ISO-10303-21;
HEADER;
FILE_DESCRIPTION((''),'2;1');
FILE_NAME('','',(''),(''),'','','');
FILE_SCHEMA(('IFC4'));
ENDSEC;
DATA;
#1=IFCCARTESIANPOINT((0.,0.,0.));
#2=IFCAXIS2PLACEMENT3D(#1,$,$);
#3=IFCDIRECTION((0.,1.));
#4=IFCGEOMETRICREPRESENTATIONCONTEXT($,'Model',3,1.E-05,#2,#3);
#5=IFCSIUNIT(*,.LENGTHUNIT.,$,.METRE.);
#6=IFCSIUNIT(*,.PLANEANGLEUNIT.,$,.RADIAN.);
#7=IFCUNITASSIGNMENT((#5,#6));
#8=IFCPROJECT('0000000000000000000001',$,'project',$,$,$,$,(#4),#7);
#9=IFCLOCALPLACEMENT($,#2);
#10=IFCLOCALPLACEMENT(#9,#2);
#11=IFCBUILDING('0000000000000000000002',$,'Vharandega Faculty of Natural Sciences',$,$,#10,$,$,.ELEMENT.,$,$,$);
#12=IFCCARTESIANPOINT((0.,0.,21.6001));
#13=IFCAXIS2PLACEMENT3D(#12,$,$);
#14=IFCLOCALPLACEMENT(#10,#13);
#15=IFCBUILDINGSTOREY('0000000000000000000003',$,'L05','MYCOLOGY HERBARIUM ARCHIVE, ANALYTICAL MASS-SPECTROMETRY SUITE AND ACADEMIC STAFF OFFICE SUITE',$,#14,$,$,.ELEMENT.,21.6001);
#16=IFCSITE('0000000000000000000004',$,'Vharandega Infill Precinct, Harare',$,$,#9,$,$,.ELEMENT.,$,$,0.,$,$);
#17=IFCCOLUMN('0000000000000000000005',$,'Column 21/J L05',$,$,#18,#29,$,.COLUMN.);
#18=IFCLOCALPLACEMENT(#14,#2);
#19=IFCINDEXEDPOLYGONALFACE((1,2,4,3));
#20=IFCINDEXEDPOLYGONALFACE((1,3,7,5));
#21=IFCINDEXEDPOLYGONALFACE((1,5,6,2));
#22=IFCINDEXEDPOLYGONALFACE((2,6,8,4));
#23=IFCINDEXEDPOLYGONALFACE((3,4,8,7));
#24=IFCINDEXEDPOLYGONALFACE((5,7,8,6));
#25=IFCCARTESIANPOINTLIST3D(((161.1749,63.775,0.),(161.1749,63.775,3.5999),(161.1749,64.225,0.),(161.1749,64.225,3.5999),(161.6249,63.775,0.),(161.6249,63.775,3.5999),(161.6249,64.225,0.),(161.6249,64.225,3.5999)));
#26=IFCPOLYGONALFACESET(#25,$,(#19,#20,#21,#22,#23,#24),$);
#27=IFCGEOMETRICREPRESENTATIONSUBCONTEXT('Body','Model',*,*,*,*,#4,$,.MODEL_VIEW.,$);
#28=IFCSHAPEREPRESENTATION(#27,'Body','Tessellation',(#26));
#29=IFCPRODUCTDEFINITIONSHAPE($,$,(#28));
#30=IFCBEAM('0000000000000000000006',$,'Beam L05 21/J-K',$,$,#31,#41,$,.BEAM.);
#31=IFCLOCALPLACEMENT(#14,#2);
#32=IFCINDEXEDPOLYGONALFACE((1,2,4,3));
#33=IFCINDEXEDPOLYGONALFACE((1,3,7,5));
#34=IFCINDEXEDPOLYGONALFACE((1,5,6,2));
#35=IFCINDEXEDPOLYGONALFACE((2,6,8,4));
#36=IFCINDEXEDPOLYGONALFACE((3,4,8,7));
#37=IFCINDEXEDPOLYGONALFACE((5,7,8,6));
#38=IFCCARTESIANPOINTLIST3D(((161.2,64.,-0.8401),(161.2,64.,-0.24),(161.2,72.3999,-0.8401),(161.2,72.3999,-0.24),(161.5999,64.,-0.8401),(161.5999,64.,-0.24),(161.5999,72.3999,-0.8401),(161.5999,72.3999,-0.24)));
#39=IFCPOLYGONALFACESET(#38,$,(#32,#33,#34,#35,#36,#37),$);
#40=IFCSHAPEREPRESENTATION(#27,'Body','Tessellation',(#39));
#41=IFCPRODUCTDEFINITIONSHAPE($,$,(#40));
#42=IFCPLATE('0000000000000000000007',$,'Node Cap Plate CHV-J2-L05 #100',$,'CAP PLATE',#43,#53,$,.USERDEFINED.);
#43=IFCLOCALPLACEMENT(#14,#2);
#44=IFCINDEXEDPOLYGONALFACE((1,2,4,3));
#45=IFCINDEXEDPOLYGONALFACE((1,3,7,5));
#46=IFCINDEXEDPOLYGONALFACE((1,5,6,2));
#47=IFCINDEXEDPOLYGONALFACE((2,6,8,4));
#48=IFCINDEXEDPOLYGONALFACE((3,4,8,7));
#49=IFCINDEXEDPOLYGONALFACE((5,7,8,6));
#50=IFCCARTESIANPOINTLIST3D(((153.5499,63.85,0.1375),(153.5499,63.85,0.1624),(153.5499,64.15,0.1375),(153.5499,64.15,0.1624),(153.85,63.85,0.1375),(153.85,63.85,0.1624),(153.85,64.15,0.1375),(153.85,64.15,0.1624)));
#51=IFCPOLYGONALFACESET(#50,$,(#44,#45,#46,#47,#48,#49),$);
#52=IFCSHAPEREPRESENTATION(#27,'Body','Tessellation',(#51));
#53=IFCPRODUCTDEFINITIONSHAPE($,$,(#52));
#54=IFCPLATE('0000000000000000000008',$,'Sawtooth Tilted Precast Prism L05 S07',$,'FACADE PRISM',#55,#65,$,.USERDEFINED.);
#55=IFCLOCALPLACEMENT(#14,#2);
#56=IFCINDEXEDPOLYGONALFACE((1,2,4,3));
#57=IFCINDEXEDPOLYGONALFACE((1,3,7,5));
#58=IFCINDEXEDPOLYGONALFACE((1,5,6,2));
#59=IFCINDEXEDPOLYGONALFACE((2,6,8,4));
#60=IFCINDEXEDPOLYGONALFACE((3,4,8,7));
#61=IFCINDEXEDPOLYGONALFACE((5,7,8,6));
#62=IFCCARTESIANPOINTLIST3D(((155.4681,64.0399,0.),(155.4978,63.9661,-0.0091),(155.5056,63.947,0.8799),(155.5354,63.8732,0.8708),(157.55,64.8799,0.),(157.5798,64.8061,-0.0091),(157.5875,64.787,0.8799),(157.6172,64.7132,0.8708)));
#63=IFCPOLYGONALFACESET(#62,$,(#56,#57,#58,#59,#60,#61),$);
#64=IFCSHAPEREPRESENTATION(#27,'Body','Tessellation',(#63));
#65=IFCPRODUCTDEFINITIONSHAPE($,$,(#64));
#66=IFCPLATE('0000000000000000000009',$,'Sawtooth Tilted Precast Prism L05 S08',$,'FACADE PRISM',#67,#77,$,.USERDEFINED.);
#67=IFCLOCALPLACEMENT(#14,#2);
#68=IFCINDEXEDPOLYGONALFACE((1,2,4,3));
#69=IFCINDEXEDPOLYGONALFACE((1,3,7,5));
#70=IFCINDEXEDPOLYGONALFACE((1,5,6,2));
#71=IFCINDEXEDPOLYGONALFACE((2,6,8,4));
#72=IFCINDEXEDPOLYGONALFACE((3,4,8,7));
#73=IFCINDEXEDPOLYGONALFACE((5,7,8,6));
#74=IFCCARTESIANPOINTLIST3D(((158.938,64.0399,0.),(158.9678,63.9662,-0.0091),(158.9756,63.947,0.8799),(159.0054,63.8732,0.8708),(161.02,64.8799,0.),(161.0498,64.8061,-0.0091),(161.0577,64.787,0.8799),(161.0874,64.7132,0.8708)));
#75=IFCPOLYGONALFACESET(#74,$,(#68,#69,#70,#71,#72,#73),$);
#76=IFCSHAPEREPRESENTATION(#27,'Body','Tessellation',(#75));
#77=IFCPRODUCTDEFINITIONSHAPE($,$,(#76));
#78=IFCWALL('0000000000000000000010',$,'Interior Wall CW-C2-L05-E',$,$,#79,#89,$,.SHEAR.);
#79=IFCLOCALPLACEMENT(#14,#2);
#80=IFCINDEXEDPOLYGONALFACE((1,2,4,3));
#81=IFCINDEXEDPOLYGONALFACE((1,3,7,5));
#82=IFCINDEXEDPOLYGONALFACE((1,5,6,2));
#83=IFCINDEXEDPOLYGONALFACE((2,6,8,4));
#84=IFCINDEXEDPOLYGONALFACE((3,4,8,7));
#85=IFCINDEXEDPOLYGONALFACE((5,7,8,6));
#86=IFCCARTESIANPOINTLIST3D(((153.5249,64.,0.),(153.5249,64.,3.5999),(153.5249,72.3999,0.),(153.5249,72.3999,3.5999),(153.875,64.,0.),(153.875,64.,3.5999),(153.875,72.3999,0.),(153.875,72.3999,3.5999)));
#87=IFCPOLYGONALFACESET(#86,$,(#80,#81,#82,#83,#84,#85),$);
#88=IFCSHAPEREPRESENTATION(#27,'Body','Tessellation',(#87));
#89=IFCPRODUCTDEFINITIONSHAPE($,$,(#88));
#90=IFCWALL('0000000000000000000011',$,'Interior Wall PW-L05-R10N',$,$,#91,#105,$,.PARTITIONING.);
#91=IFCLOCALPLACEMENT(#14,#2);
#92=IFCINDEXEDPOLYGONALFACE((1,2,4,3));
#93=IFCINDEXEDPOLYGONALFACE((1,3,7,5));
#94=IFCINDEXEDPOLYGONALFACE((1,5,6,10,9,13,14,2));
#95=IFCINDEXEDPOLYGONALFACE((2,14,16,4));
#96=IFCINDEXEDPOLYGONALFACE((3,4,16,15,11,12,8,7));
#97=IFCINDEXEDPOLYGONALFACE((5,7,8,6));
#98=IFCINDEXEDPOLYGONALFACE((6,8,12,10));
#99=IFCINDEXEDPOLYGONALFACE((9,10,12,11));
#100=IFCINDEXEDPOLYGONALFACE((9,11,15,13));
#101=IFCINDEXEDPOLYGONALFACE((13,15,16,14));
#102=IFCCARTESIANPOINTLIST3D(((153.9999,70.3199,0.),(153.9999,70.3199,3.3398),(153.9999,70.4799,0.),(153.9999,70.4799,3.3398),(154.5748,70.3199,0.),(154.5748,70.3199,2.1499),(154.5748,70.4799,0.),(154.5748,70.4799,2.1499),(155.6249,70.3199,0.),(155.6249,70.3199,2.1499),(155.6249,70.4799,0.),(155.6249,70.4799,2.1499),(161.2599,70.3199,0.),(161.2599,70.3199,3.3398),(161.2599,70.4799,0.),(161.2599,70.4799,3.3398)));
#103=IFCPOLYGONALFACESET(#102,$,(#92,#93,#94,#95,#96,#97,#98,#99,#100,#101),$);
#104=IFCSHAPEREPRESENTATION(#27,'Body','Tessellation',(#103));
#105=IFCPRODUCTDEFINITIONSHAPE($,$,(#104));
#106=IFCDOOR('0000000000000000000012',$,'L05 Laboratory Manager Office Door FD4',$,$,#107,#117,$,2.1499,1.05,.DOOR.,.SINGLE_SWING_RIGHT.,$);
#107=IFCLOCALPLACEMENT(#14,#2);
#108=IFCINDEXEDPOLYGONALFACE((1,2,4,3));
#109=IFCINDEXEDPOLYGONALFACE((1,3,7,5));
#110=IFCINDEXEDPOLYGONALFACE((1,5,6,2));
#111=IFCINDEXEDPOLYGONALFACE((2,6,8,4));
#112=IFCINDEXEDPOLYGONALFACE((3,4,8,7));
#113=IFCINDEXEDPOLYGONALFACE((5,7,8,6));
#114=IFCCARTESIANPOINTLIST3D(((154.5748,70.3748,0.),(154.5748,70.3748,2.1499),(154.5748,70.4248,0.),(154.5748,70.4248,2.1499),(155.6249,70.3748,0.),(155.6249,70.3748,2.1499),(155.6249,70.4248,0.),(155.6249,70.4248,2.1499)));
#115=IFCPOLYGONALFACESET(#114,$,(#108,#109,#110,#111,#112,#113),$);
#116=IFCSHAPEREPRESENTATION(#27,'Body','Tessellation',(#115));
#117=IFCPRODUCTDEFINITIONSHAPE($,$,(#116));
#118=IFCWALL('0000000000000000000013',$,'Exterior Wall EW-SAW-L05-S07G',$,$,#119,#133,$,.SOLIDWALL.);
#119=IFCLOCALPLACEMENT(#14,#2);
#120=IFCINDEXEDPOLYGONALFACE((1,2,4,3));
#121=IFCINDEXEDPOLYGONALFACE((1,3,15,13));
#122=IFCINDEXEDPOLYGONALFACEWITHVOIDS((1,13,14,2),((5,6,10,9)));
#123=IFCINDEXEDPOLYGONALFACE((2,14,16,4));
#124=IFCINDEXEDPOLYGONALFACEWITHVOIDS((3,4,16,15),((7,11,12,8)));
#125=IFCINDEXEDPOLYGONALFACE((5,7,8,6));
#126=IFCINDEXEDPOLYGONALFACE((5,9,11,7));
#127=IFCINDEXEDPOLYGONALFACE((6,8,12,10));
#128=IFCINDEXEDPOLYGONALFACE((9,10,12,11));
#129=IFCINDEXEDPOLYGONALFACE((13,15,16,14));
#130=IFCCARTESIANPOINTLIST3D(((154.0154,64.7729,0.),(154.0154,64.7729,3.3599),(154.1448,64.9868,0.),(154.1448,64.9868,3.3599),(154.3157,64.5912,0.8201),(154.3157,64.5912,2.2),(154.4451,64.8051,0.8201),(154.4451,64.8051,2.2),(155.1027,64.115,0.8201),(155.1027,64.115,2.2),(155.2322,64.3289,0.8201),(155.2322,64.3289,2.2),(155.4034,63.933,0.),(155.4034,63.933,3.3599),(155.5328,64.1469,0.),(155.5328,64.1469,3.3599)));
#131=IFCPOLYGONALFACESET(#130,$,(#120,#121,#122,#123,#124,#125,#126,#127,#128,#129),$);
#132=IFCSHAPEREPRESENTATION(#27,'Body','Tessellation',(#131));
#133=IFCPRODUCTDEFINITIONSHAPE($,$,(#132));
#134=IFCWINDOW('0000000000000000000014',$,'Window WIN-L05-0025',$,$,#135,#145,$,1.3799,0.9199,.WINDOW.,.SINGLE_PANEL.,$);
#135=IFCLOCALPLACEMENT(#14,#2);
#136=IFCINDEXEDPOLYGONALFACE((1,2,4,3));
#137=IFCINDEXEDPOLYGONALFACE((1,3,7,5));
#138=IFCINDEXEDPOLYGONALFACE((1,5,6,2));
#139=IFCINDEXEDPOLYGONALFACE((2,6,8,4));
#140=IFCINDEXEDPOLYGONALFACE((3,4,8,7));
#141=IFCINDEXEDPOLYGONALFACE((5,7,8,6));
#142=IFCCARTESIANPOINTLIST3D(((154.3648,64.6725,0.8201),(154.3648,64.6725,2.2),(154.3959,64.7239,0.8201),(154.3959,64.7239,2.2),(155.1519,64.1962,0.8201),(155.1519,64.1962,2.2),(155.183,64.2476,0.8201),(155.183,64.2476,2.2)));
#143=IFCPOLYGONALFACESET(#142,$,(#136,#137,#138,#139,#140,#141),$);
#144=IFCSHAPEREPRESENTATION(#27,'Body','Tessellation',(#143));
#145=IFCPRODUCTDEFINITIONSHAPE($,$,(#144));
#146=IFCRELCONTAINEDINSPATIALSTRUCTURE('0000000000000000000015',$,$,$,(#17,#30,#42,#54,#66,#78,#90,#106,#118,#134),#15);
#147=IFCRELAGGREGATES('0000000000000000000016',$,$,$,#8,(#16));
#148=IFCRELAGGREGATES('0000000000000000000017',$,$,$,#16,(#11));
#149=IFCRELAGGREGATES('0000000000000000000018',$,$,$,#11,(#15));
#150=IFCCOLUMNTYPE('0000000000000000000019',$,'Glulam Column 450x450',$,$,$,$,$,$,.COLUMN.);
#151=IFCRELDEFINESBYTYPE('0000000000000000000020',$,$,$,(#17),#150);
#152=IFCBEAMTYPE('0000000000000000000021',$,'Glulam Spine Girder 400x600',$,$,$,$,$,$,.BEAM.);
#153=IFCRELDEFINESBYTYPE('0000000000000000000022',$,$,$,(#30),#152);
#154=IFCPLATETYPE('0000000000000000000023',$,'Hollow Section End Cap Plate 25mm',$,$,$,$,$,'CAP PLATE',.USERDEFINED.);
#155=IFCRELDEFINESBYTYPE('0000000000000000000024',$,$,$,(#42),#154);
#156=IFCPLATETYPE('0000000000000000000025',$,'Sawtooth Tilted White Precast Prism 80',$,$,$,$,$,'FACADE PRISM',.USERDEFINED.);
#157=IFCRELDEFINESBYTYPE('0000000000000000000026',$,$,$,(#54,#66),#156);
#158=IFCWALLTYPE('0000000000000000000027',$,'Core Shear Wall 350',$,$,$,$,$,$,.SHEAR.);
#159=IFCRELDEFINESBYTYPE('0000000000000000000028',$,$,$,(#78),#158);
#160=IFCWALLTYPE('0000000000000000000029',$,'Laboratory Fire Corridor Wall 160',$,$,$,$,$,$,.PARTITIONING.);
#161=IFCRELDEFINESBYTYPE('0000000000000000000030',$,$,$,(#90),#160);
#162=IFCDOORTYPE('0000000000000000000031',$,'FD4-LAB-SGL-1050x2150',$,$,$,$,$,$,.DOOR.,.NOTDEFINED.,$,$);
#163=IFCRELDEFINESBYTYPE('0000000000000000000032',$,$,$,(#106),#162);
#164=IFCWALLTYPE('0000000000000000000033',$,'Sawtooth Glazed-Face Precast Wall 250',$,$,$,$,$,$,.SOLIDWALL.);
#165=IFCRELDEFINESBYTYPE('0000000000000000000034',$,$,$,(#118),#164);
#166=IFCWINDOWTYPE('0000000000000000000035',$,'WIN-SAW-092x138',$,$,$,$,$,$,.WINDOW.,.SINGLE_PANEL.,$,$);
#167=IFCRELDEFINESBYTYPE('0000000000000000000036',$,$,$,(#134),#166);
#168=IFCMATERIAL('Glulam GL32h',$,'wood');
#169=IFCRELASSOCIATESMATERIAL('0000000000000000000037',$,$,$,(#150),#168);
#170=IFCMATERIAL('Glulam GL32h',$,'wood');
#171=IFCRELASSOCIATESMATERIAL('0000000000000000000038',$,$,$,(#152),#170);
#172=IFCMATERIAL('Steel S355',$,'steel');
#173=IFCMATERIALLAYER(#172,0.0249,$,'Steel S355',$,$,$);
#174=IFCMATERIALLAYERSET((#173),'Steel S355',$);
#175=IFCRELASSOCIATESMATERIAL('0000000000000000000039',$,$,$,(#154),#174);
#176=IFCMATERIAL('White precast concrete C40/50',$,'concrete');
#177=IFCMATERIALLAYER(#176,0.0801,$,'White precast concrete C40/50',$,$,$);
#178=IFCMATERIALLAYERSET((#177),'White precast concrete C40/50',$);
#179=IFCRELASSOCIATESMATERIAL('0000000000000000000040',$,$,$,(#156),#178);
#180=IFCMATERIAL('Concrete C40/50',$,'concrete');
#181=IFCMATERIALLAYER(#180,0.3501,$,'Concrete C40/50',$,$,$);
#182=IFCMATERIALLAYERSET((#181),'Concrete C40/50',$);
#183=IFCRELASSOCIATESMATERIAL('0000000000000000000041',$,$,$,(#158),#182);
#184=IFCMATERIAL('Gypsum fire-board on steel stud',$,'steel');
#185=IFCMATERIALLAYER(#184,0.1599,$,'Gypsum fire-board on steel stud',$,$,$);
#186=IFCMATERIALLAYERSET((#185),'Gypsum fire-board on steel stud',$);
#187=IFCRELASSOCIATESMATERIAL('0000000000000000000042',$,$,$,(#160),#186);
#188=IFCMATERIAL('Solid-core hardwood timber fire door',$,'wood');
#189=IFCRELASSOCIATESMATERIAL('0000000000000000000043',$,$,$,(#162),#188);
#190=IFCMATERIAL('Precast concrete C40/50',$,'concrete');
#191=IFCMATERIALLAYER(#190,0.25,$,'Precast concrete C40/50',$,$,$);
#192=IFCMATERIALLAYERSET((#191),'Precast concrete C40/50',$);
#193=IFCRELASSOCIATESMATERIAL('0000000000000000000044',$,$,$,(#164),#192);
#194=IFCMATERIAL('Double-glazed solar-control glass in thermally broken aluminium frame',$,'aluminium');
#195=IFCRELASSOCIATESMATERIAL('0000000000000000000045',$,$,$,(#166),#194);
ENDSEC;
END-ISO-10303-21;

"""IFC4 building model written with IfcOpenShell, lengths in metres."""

from ifc_helpers import new_model, si_unit, direction, frame, frame_2d, origin, origin_2d, place, context, subcontext, project, spatial, polyline, rectangle, outline, extrude, material, layer, layer_set, material_profile, profile_set, type_object, element, fill, save


model = new_model("IFC4")

# Units and contexts
model_context = context("Model", 3, precision=1e-05, world=origin(), true_north=direction((0.0, 1.0)))
body_context = subcontext(model_context, "Body", "Model", "MODEL_VIEW")
ifc_project = project(units=[si_unit("LENGTHUNIT", "METRE"), si_unit("PLANEANGLEUNIT", "RADIAN")], contexts=[model_context])

# Site, building, storey
site_placement = place(None, origin())
site = spatial("IfcSite", under=ifc_project, at=site_placement, Name="Vharandega Infill Precinct, Harare", CompositionType="ELEMENT", RefElevation=0.0)
building_placement = place(site_placement, origin())
building = spatial("IfcBuilding", under=site, at=building_placement, Name="Vharandega Faculty of Natural Sciences", CompositionType="ELEMENT")
storey_placement = place(building_placement, frame((0.0, 0.0, 21.6001)))
storey = spatial("IfcBuildingStorey", under=building, at=storey_placement, Name="L05", Description="MYCOLOGY HERBARIUM ARCHIVE, ANALYTICAL MASS-SPECTROMETRY SUITE AND ACADEMIC STAFF OFFICE SUITE", CompositionType="ELEMENT", Elevation=21.6001)

# Column
ifc_material_1 = material(Name="Glulam GL32h", Category="wood")
ifc_material_profile_1 = material_profile(ifc_material_1, rectangle(XDim=0.45, YDim=0.45, at=origin_2d()), Name="GL32h 450x450")
ifc_profile_set_1 = profile_set([ifc_material_profile_1], Name="Glulam GL32h")
column_type = type_object("IfcColumnType", Name="Glulam Column 450x450", PredefinedType="COLUMN", material=ifc_profile_set_1)
column_placement = place(storey_placement, frame((161.3999, 64.0, 0.0), z_axis=(0.0, 0.0, 1.0), x_axis=(1.0, 0.0, 0.0)))
element("IfcColumn", 1, at=column_placement, inside=storey, type_object=column_type, Name="Column 21/J L05", PredefinedType="COLUMN", context=body_context, shape_type="SweptSolid", body=[
    extrude(rectangle(XDim=0.45, YDim=0.45, at=origin_2d()), origin(), (0.0, 0.0, 1.0), 3.5999),
])

# Beam
ifc_material_2 = material(Name="Glulam GL32h", Category="wood")
ifc_material_profile_2 = material_profile(ifc_material_2, rectangle(XDim=0.3999, YDim=0.6001, at=origin_2d()), Name="GL32h 400x600")
ifc_profile_set_2 = profile_set([ifc_material_profile_2], Name="Glulam GL32h")
beam_type = type_object("IfcBeamType", Name="Glulam Spine Girder 400x600", PredefinedType="BEAM", material=ifc_profile_set_2)
beam_placement = place(storey_placement, frame((161.3999, 64.0, -0.54), z_axis=(0.0, 1.0, 0.0), x_axis=(-1.0, 0.0, 0.0)))
element("IfcBeam", 2, at=beam_placement, inside=storey, type_object=beam_type, Name="Beam L05 21/J-K", PredefinedType="BEAM", context=body_context, shape_type="SweptSolid", body=[
    extrude(rectangle(XDim=0.3999, YDim=0.6001, at=origin_2d()), origin(), (0.0, 0.0, 1.0), 8.3999),
])

# Plates
ifc_material_3 = material(Name="Steel S355", Category="steel")
ifc_layer_1 = layer(ifc_material_3, 0.0249, Name="Steel S355")
ifc_layer_set_1 = layer_set([ifc_layer_1], Name="Steel S355")
plate_type_1 = type_object("IfcPlateType", Name="Hollow Section End Cap Plate 25mm", ElementType="CAP PLATE", PredefinedType="USERDEFINED", material=ifc_layer_set_1)
plate_1_placement = place(storey_placement, frame((153.7, 64.0, 0.1375), z_axis=(0.0, 0.0, 1.0), x_axis=(1.0, 0.0, 0.0)))
element("IfcPlate", 3, at=plate_1_placement, inside=storey, type_object=plate_type_1, Name="Node Cap Plate CHV-J2-L05 #100", ObjectType="CAP PLATE", PredefinedType="USERDEFINED", context=body_context, shape_type="SweptSolid", body=[
    extrude(rectangle(XDim=0.3, YDim=0.3, at=origin_2d()), origin(), (0.0, 0.0, 1.0), 0.0249),
])
ifc_material_4 = material(Name="White precast concrete C40/50", Category="concrete")
ifc_layer_2 = layer(ifc_material_4, 0.0801, Name="White precast concrete C40/50")
ifc_layer_set_2 = layer_set([ifc_layer_2], Name="White precast concrete C40/50")
plate_type_2 = type_object("IfcPlateType", Name="Sawtooth Tilted White Precast Prism 80", ElementType="FACADE PRISM", PredefinedType="USERDEFINED", material=ifc_layer_set_2)
plate_2_placement = place(storey_placement, frame((157.55, 64.8799, 0.0), z_axis=(-0.371753, 0.921415, 0.113114), x_axis=(0.042247, -0.104928, 0.993582)))
element("IfcPlate", 4, at=plate_2_placement, inside=storey, type_object=plate_type_2, Name="Sawtooth Tilted Precast Prism L05 S07", ObjectType="FACADE PRISM", PredefinedType="USERDEFINED", context=body_context, shape_type="SweptSolid", body=[
    extrude(outline(polyline([(0.0, 0.0), (0.8855, 0.0), (0.8857, -2.2449), (0.0002, -2.245), (0.0, 0.0)])), origin(), (0.0, 0.0, -1.0), 0.0801),
])
plate_3_placement = place(storey_placement, frame((161.02, 64.8799, 0.0), z_axis=(-0.371732, 0.921417, 0.113165), x_axis=(0.042504, -0.10488, 0.993576)))
element("IfcPlate", 5, at=plate_3_placement, inside=storey, type_object=plate_type_2, Name="Sawtooth Tilted Precast Prism L05 S08", ObjectType="FACADE PRISM", PredefinedType="USERDEFINED", context=body_context, shape_type="SweptSolid", body=[
    extrude(outline(polyline([(0.0, 0.0), (0.8856, 0.0), (0.8852, -2.2451), (-0.0004, -2.245), (0.0, 0.0)])), origin(), (0.0, 0.0, -1.0), 0.0801),
])

# Wall
ifc_material_5 = material(Name="Concrete C40/50", Category="concrete")
ifc_layer_3 = layer(ifc_material_5, 0.3501, Name="Concrete C40/50")
ifc_layer_set_3 = layer_set([ifc_layer_3], Name="Concrete C40/50")
wall_type_1 = type_object("IfcWallType", Name="Core Shear Wall 350", PredefinedType="SHEAR", material=ifc_layer_set_3)
wall_1_placement = place(storey_placement, frame((153.7, 64.0, 0.0), z_axis=(0.0, 0.0, 1.0), x_axis=(0.0, 1.0, 0.0)))
element("IfcWall", 6, at=wall_1_placement, inside=storey, type_object=wall_type_1, Name="Interior Wall CW-C2-L05-E", PredefinedType="SHEAR", context=body_context, shape_type="SweptSolid", body=[
    extrude(rectangle(XDim=8.3999, YDim=0.3501, at=frame_2d((4.2, 0.0))), origin(), (0.0, 0.0, 1.0), 3.5999),
])

# Wall, opening, door
ifc_material_6 = material(Name="Gypsum fire-board on steel stud", Category="steel")
ifc_layer_4 = layer(ifc_material_6, 0.1599, Name="Gypsum fire-board on steel stud")
ifc_layer_set_4 = layer_set([ifc_layer_4], Name="Gypsum fire-board on steel stud")
wall_type_2 = type_object("IfcWallType", Name="Laboratory Fire Corridor Wall 160", PredefinedType="PARTITIONING", material=ifc_layer_set_4)
wall_2_placement = place(storey_placement, frame((154.0, 70.3999, 0.0), z_axis=(0.0, 0.0, 1.0), x_axis=(1.0, 0.0, 0.0)))
wall_2 = element("IfcWall", 7, at=wall_2_placement, inside=storey, type_object=wall_type_2, Name="Interior Wall PW-L05-R10N", PredefinedType="PARTITIONING", context=body_context, shape_type="SweptSolid", body=[
    extrude(rectangle(XDim=7.26, YDim=0.1599, at=frame_2d((3.6299, 0.0))), origin(), (0.0, 0.0, 1.0), 3.3398),
])
opening_1_placement = place(wall_2_placement, frame((0.575, 0.0, 0.0)))
opening_1 = element("IfcOpeningElement", 8, at=opening_1_placement, cuts=wall_2, PredefinedType="OPENING", context=body_context, shape_type="SweptSolid", body=[
    extrude(rectangle(XDim=1.05, YDim=2.1499, at=frame_2d((0.5249, 1.075))), frame((0.0, 0.0898, 0.0), z_axis=(0.0, -1.0, 0.0), x_axis=(1.0, 0.0, 0.0)), (0.0, 0.0, 1.0), 0.1799),
])
ifc_material_7 = material(Name="Solid-core hardwood timber fire door", Category="wood")
door_type = type_object("IfcDoorType", Name="FD4-LAB-SGL-1050x2150", OperationType="NOTDEFINED", PredefinedType="DOOR", material=ifc_material_7)
door_placement = place(opening_1_placement, origin())
door = element("IfcDoor", 9, at=door_placement, inside=storey, type_object=door_type, Name="L05 Laboratory Manager Office Door FD4", OperationType="SINGLE_SWING_RIGHT", OverallHeight=2.1499, OverallWidth=1.05, PredefinedType="DOOR", context=body_context, shape_type="SweptSolid", body=[
    extrude(rectangle(XDim=1.05, YDim=2.1499, at=frame_2d((0.5249, 1.075))), frame((0.0, 0.0249, 0.0), z_axis=(0.0, -1.0, 0.0), x_axis=(1.0, 0.0, 0.0)), (0.0, 0.0, 1.0), 0.05),
])
fill(opening_1, door)

# Wall, opening, window
ifc_material_8 = material(Name="Precast concrete C40/50", Category="concrete")
ifc_layer_5 = layer(ifc_material_8, 0.25, Name="Precast concrete C40/50")
ifc_layer_set_5 = layer_set([ifc_layer_5], Name="Precast concrete C40/50")
wall_type_3 = type_object("IfcWallType", Name="Sawtooth Glazed-Face Precast Wall 250", PredefinedType="SOLIDWALL", material=ifc_layer_set_5)
wall_3_placement = place(storey_placement, frame((155.468, 64.04, 0.0), z_axis=(0.0, 0.0, 1.0), x_axis=(-0.855561, 0.517701, 0.0)))
wall_3 = element("IfcWall", 10, at=wall_3_placement, inside=storey, type_object=wall_type_3, Name="Exterior Wall EW-SAW-L05-S07G", PredefinedType="SOLIDWALL", context=body_context, shape_type="SweptSolid", body=[
    extrude(rectangle(XDim=1.6223, YDim=0.25, at=frame_2d((0.811, 0.0))), origin(), (0.0, 0.0, 1.0), 3.3599),
])
opening_2_placement = place(wall_3_placement, frame((0.3513, 0.0, 0.8201)))
opening_2 = element("IfcOpeningElement", 11, at=opening_2_placement, cuts=wall_3, PredefinedType="OPENING", context=body_context, shape_type="SweptSolid", body=[
    extrude(rectangle(XDim=0.9199, YDim=1.3799, at=frame_2d((0.46, 0.6899))), frame((0.0, 0.135, 0.0), z_axis=(0.0, -1.0, 0.0), x_axis=(1.0, 0.0, 0.0)), (0.0, 0.0, 1.0), 0.27),
])
ifc_material_9 = material(Name="Double-glazed solar-control glass in thermally broken aluminium frame", Category="aluminium")
window_type_1 = type_object("IfcWindowType", Name="WIN-SAW-092x138", PartitioningType="SINGLE_PANEL", PredefinedType="WINDOW", material=ifc_material_9)
window_1_placement = place(opening_2_placement, origin())
window_1 = element("IfcWindow", 12, at=window_1_placement, inside=storey, type_object=window_type_1, Name="Window WIN-L05-0025", OverallHeight=1.3799, OverallWidth=0.9199, PartitioningType="SINGLE_PANEL", PredefinedType="WINDOW", context=body_context, shape_type="SweptSolid", body=[
    extrude(rectangle(XDim=0.9199, YDim=1.3799, at=frame_2d((0.46, 0.6899))), frame((0.0, 0.03, 0.0), z_axis=(0.0, -1.0, 0.0), x_axis=(1.0, 0.0, 0.0)), (0.0, 0.0, 1.0), 0.0601),
])
fill(opening_2, window_1)

save(model, "model.ifc")
